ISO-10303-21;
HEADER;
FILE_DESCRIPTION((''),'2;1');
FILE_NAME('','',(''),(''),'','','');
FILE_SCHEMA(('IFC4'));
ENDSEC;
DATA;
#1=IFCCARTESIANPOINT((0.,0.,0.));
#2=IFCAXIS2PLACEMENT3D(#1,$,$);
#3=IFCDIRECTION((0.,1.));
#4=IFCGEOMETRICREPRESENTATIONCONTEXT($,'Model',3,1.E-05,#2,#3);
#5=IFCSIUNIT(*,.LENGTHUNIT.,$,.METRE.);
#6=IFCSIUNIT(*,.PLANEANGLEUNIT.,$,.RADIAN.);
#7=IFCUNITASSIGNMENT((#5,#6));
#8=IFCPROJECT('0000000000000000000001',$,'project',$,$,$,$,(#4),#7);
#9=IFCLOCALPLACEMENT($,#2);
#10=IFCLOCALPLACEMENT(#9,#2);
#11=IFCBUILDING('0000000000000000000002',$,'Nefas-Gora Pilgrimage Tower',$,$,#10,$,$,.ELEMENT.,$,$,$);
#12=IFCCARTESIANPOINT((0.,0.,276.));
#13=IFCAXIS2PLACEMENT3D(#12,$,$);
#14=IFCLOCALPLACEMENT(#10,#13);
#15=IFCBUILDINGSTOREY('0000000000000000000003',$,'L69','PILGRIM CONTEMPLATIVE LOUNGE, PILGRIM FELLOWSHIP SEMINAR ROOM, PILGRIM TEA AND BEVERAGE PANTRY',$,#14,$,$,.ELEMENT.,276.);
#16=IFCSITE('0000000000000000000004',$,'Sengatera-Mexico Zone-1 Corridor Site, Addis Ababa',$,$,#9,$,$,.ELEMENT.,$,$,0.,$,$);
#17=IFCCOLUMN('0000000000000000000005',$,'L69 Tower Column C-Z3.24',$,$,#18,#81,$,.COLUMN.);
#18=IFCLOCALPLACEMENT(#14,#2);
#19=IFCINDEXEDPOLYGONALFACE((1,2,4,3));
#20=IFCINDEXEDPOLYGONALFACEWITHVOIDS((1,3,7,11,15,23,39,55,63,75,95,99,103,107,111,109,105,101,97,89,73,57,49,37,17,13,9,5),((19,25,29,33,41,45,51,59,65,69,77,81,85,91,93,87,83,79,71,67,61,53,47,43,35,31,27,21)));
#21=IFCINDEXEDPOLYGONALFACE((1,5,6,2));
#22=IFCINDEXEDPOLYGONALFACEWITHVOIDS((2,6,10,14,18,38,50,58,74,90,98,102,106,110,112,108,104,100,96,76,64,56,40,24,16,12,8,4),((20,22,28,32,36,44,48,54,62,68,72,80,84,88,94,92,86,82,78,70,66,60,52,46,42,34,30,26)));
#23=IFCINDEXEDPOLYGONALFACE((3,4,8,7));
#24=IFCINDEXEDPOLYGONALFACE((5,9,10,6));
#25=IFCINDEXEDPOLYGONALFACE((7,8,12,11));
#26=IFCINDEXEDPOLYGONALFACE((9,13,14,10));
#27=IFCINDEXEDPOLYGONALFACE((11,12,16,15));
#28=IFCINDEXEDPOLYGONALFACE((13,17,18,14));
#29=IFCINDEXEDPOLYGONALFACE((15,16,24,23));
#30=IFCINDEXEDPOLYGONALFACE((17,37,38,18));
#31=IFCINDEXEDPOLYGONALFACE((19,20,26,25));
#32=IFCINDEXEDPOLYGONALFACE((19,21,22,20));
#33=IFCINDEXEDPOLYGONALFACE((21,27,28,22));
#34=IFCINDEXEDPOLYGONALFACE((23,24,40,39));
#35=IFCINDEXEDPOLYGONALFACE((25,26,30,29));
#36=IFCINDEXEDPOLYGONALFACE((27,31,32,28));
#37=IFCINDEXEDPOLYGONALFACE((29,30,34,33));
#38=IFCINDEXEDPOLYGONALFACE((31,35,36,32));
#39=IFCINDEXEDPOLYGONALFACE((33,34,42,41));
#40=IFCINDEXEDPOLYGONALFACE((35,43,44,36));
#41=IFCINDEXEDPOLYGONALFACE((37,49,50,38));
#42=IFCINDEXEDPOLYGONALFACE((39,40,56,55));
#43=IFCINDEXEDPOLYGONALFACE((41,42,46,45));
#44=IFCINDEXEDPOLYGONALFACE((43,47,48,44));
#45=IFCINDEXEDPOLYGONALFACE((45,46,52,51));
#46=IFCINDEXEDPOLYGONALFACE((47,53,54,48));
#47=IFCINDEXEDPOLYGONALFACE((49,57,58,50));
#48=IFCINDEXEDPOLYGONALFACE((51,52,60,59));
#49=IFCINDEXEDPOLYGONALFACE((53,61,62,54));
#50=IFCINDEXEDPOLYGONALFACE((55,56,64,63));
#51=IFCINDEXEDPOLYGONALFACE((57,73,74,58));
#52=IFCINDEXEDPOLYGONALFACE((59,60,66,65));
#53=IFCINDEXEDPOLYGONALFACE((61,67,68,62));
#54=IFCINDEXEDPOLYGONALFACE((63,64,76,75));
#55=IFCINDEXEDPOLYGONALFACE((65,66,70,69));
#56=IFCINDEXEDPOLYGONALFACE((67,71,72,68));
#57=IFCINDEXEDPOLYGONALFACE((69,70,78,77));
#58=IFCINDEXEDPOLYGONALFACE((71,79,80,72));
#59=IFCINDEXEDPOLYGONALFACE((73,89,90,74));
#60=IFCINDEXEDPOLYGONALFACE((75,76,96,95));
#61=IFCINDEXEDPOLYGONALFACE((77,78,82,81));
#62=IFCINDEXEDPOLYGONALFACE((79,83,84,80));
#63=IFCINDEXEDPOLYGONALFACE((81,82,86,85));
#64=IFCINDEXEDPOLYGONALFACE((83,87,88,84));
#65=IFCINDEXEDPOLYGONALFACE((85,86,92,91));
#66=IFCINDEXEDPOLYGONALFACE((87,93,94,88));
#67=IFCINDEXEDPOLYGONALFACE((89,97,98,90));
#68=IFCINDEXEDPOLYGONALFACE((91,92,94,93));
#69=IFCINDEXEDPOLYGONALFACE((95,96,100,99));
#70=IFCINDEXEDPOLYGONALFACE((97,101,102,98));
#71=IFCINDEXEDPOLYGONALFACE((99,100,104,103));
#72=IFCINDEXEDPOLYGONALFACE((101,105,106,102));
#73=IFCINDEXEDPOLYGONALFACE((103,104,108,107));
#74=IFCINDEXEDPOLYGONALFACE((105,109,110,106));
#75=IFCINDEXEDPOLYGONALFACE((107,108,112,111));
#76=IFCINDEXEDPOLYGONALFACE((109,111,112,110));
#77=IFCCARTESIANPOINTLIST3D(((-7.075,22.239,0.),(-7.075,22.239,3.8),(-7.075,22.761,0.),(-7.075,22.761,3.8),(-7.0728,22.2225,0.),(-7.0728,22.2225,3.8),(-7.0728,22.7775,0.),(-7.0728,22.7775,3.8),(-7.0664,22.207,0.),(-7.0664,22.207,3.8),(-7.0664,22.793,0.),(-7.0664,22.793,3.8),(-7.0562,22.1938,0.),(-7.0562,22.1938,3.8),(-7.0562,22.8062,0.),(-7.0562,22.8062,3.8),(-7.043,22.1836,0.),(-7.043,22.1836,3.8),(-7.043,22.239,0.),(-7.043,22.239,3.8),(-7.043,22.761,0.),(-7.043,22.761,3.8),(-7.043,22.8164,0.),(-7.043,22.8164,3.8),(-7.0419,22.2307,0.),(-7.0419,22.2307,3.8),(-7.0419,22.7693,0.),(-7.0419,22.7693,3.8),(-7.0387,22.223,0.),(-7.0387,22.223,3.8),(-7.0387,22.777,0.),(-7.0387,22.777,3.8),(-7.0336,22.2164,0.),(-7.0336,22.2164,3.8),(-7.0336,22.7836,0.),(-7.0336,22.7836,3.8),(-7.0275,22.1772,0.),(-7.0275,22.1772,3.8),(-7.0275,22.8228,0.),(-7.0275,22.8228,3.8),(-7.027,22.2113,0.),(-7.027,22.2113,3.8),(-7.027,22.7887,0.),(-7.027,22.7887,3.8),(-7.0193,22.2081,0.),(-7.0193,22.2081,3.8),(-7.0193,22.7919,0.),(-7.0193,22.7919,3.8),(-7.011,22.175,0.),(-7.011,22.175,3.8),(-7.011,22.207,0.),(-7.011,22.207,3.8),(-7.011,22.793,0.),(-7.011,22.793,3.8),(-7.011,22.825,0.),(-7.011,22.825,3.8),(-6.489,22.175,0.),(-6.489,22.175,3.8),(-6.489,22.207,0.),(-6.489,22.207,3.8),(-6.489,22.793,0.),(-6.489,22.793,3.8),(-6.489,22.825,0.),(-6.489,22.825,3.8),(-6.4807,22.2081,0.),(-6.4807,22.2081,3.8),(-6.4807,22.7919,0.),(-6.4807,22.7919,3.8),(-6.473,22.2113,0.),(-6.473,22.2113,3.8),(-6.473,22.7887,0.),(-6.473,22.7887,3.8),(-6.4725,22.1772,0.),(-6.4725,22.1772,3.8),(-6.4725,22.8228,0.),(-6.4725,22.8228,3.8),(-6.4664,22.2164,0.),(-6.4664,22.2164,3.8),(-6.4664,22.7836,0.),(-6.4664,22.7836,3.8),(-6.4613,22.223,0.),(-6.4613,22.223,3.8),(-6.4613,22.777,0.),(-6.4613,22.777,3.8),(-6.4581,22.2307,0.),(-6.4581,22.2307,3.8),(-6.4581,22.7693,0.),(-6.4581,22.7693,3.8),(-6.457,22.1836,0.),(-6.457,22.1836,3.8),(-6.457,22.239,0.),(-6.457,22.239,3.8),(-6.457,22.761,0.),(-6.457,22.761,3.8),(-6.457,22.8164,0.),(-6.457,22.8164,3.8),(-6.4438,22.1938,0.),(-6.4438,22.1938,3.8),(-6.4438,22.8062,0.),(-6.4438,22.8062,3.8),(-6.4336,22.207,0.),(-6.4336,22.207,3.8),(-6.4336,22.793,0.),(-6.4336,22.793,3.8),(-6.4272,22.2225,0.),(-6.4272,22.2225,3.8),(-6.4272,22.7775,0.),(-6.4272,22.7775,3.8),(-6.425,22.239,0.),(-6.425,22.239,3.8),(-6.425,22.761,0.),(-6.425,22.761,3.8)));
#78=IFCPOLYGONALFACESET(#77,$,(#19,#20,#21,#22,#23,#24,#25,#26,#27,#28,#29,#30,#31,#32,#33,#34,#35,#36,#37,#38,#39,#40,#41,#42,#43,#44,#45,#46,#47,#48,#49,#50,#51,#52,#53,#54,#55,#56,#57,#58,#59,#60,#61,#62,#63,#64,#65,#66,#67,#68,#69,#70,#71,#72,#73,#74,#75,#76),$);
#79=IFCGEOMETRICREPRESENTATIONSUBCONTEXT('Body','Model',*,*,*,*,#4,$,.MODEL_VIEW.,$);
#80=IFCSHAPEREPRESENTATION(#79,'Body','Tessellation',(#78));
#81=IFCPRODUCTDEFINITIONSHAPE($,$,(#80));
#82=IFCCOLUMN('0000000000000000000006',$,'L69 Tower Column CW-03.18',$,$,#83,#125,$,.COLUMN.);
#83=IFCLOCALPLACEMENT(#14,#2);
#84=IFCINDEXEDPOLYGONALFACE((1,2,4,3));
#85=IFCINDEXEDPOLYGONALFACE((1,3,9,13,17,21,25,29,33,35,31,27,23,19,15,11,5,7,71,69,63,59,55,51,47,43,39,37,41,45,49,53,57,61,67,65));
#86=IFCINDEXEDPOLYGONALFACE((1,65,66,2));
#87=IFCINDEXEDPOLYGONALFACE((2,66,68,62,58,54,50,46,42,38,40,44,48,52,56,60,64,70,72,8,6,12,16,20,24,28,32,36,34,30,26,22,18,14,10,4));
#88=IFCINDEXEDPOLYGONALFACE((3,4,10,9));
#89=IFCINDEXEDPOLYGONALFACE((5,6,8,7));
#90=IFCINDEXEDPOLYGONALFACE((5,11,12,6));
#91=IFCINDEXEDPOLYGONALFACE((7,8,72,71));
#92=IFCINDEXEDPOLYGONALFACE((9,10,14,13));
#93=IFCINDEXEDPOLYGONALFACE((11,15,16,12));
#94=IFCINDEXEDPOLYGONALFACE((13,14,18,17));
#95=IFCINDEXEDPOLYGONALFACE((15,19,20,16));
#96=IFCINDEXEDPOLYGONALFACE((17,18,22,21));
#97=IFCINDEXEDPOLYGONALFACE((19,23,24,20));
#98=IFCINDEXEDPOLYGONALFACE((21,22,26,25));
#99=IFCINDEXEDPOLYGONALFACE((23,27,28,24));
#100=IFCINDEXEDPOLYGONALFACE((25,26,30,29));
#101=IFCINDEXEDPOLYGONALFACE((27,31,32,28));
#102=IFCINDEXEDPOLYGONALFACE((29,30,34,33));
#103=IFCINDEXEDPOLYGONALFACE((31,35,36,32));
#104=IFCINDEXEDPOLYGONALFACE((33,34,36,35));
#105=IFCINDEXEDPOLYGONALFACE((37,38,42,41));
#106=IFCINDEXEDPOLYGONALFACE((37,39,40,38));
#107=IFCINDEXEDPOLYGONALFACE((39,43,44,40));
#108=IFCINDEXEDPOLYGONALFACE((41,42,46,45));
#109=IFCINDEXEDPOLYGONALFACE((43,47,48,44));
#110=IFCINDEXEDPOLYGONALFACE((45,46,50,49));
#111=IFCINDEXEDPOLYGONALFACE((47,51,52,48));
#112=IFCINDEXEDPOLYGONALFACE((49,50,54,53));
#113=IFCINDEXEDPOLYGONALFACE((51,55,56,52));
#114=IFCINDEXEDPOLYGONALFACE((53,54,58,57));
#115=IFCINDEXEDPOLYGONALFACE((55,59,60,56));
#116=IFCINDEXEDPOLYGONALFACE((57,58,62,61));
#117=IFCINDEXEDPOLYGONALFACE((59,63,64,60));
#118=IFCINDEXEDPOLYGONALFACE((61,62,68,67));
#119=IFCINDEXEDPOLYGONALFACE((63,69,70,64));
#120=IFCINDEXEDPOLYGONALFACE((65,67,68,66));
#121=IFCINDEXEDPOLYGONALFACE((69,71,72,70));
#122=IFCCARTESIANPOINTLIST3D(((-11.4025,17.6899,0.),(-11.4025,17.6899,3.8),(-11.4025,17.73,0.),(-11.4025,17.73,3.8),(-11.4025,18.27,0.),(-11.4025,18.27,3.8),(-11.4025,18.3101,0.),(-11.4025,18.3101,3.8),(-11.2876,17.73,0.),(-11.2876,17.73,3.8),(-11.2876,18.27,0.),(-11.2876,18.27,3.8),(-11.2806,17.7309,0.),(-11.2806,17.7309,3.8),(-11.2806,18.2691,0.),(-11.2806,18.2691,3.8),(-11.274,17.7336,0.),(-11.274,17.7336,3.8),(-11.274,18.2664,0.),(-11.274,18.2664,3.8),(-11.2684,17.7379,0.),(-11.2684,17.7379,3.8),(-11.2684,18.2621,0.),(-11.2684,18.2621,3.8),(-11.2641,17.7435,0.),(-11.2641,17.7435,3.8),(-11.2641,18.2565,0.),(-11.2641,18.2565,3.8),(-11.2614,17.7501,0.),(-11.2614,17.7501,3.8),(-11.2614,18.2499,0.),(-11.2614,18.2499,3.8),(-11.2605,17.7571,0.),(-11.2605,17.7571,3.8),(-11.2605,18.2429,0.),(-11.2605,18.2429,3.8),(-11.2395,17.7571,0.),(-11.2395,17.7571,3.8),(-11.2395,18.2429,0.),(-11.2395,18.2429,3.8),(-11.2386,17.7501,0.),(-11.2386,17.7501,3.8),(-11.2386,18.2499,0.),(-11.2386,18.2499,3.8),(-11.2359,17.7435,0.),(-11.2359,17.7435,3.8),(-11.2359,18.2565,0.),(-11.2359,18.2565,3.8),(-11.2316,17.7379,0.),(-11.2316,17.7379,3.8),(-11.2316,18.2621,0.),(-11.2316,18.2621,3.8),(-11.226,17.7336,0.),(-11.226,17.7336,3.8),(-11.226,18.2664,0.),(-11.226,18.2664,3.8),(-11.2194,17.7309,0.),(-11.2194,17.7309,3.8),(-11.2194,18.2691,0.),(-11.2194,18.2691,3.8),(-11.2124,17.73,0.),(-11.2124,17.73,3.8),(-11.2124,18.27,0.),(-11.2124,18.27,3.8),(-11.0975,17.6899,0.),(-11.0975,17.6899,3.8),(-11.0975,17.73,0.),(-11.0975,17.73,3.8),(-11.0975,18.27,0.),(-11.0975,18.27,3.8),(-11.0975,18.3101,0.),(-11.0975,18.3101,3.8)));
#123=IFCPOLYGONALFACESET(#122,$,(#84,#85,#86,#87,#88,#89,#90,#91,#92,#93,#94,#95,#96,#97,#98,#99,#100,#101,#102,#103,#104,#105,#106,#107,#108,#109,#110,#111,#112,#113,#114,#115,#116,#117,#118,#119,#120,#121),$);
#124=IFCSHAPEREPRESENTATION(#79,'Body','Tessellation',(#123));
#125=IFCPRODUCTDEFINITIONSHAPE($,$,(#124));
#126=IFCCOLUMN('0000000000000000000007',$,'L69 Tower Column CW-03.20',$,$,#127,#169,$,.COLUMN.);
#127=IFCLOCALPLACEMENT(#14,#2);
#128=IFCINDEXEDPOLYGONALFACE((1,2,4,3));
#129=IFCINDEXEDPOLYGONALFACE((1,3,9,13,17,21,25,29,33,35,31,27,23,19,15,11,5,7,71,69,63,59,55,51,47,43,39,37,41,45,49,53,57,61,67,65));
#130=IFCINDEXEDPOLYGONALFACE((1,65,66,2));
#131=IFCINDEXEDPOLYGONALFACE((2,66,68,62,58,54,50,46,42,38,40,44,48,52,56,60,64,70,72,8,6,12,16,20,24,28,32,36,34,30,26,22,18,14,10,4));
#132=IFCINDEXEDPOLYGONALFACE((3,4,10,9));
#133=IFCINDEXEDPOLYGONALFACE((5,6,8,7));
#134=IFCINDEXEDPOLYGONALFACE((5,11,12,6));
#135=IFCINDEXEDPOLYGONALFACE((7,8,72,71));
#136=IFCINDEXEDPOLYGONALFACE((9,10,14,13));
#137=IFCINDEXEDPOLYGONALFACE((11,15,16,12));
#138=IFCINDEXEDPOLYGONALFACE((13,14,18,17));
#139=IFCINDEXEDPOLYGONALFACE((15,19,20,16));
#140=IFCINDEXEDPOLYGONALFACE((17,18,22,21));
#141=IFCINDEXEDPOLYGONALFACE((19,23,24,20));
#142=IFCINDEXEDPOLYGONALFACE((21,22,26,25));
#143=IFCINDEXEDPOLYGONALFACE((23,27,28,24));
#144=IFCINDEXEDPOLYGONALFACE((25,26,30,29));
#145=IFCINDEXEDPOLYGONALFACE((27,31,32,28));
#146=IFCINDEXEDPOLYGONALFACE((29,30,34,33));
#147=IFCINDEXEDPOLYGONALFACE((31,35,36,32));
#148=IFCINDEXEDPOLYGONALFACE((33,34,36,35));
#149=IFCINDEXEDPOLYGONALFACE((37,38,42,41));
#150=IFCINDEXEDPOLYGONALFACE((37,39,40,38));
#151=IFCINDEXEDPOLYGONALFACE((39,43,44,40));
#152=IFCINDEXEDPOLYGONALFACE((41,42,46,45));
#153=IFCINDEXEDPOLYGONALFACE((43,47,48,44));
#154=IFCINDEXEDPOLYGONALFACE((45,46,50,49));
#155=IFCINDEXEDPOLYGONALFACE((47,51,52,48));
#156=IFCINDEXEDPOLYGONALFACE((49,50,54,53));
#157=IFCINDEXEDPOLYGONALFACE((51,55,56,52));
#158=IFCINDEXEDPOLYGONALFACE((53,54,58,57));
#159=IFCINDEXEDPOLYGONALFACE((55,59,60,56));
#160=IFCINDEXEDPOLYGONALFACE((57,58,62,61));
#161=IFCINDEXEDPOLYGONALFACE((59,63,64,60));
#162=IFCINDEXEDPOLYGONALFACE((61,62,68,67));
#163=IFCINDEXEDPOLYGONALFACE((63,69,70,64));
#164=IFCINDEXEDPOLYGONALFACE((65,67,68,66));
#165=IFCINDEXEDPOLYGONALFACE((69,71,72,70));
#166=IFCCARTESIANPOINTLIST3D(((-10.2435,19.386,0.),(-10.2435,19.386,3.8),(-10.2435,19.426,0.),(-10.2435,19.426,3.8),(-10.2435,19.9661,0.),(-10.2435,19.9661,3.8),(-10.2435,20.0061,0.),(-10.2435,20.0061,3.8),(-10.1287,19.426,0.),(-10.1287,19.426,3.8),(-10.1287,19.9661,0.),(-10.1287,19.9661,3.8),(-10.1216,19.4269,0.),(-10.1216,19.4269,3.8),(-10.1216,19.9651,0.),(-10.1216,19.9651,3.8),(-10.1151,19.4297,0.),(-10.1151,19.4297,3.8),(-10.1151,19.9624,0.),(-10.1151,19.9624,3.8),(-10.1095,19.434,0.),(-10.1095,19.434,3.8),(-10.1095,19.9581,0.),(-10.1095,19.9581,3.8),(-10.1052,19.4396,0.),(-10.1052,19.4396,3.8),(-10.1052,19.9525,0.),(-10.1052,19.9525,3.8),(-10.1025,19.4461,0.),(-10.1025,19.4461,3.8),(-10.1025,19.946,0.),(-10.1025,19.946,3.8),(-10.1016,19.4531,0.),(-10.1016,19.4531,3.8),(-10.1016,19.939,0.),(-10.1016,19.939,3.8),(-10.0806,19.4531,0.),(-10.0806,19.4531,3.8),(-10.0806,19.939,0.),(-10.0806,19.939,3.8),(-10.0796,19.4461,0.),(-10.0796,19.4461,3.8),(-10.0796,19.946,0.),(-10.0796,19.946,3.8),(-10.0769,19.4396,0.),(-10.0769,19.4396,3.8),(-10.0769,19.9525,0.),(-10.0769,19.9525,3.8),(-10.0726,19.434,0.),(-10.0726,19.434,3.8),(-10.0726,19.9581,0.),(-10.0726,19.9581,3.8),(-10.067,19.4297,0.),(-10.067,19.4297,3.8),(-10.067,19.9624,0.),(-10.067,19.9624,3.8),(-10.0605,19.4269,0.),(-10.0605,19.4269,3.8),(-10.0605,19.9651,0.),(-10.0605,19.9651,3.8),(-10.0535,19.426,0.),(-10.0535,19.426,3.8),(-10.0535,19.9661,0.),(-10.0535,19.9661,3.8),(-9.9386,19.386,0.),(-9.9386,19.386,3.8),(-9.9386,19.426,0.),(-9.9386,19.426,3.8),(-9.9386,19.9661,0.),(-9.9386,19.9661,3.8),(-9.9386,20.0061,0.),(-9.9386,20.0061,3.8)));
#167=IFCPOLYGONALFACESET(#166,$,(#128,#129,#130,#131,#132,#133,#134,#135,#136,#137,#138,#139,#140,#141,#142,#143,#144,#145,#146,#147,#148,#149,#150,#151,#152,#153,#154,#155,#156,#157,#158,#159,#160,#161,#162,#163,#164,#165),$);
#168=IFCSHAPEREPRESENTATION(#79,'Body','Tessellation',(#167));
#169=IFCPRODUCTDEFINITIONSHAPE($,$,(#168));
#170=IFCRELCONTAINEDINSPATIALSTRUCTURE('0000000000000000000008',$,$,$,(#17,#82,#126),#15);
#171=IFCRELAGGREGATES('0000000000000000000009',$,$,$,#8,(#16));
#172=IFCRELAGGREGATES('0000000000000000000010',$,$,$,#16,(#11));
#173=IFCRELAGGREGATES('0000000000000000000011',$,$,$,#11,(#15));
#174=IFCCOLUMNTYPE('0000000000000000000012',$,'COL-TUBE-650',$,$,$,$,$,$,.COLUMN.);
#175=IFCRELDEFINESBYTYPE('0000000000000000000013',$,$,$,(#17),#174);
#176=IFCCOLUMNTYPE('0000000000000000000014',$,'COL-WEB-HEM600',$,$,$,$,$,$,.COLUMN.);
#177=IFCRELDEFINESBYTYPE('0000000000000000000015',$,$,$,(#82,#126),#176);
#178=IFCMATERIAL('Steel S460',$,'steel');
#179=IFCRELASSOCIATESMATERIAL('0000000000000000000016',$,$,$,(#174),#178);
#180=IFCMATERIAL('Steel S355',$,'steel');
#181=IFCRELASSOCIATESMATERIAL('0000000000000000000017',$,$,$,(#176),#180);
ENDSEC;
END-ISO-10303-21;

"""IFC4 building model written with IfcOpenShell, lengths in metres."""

from ifc_helpers import new_model, si_unit, direction, frame, origin, origin_2d, place, context, subcontext, project, spatial, hollow_rectangle, i_section, extrude, source, transform, mapped, material, material_profile, profile_set, type_object, element, save


model = new_model("IFC4")

# Units and contexts
model_context = context("Model", 3, precision=1e-05, world=origin(), true_north=direction((0.0, 1.0)))
body_context = subcontext(model_context, "Body", "Model", "MODEL_VIEW")
ifc_project = project(units=[si_unit("LENGTHUNIT", "METRE"), si_unit("PLANEANGLEUNIT", "RADIAN")], contexts=[model_context])

# Site, building, storey
site_placement = place(None, origin())
site = spatial("IfcSite", under=ifc_project, at=site_placement, Name="Sengatera-Mexico Zone-1 Corridor Site, Addis Ababa", CompositionType="ELEMENT", RefElevation=0.0)
building_placement = place(site_placement, origin())
building = spatial("IfcBuilding", under=site, at=building_placement, Name="Nefas-Gora Pilgrimage Tower", CompositionType="ELEMENT")
storey_placement = place(building_placement, frame((0.0, 0.0, 276.0)))
storey = spatial("IfcBuildingStorey", under=building, at=storey_placement, Name="L69", Description="PILGRIM CONTEMPLATIVE LOUNGE, PILGRIM FELLOWSHIP SEMINAR ROOM, PILGRIM TEA AND BEVERAGE PANTRY", CompositionType="ELEMENT", Elevation=276.0)

# Columns
ifc_material_1 = material(Name="Steel S460", Category="steel")
ifc_material_profile_1 = material_profile(ifc_material_1, hollow_rectangle(XDim=0.6499, YDim=0.6499, WallThickness=0.032, InnerFilletRadius=0.032, OuterFilletRadius=0.064, at=origin_2d()), Name="BOX 650x650x32")
ifc_profile_set_1 = profile_set([ifc_material_profile_1], Name="Steel S460")
column_type_1 = type_object("IfcColumnType", Name="COL-TUBE-650", PredefinedType="COLUMN", material=ifc_profile_set_1)
shared_shape_1 = source(origin(), body_context, "Body", "SweptSolid", [
    extrude(hollow_rectangle(XDim=0.6499, YDim=0.6499, WallThickness=0.032, InnerFilletRadius=0.032, OuterFilletRadius=0.064, at=origin_2d()), origin(), (0.0, 0.0, 1.0), 3.8),
])
column_placement = place(storey_placement, frame((-6.75, 22.5, 0.0), z_axis=(0.0, 0.0, 1.0), x_axis=(1.0, 0.0, 0.0)))
element("IfcColumn", 1, at=column_placement, inside=storey, type_object=column_type_1, Name="L69 Tower Column C-Z3.24", PredefinedType="COLUMN", context=body_context, shape_type="MappedRepresentation", body=[
    mapped(shared_shape_1, transform((0.0, 0.0, 0.0), x_axis=(1.0, 0.0, 0.0), y_axis=(0.0, 1.0, 0.0), z_axis=(0.0, 0.0, 1.0), scale=1.0)),
])
ifc_material_2 = material(Name="Steel S355", Category="steel")
ifc_material_profile_2 = material_profile(ifc_material_2, i_section(OverallWidth=0.3049, OverallDepth=0.6201, WebThickness=0.021, FlangeThickness=0.04, FilletRadius=0.0271, at=origin_2d()), Name="HEM 600")
ifc_profile_set_2 = profile_set([ifc_material_profile_2], Name="Steel S355")
column_type_2 = type_object("IfcColumnType", Name="COL-WEB-HEM600", PredefinedType="COLUMN", material=ifc_profile_set_2)
shared_shape_2 = source(origin(), body_context, "Body", "SweptSolid", [
    extrude(i_section(OverallWidth=0.3049, OverallDepth=0.6201, WebThickness=0.021, FlangeThickness=0.04, FilletRadius=0.0271, at=origin_2d()), origin(), (0.0, 0.0, 1.0), 3.8),
])
for number, where, z_axis, x_axis, name in (
    (2, (-11.25, 18.0, 0.0), (0.0, 0.0, 1.0), (1.0, 0.0, 0.0), "L69 Tower Column CW-03.18"),
    (3, (-10.0911, 19.696, 0.0), (0.0, 0.0, 1.0), (1.0, 0.0, 0.0), "L69 Tower Column CW-03.20"),
):
    element("IfcColumn", number, at=place(storey_placement, frame(where, z_axis=z_axis, x_axis=x_axis)), inside=storey, type_object=column_type_2, Name=name, PredefinedType="COLUMN", context=body_context, shape_type="MappedRepresentation", body=[
        mapped(shared_shape_2, transform((0.0, 0.0, 0.0), x_axis=(1.0, 0.0, 0.0), y_axis=(0.0, 1.0, 0.0), z_axis=(0.0, 0.0, 1.0), scale=1.0)),
    ])

save(model, "model.ifc")
